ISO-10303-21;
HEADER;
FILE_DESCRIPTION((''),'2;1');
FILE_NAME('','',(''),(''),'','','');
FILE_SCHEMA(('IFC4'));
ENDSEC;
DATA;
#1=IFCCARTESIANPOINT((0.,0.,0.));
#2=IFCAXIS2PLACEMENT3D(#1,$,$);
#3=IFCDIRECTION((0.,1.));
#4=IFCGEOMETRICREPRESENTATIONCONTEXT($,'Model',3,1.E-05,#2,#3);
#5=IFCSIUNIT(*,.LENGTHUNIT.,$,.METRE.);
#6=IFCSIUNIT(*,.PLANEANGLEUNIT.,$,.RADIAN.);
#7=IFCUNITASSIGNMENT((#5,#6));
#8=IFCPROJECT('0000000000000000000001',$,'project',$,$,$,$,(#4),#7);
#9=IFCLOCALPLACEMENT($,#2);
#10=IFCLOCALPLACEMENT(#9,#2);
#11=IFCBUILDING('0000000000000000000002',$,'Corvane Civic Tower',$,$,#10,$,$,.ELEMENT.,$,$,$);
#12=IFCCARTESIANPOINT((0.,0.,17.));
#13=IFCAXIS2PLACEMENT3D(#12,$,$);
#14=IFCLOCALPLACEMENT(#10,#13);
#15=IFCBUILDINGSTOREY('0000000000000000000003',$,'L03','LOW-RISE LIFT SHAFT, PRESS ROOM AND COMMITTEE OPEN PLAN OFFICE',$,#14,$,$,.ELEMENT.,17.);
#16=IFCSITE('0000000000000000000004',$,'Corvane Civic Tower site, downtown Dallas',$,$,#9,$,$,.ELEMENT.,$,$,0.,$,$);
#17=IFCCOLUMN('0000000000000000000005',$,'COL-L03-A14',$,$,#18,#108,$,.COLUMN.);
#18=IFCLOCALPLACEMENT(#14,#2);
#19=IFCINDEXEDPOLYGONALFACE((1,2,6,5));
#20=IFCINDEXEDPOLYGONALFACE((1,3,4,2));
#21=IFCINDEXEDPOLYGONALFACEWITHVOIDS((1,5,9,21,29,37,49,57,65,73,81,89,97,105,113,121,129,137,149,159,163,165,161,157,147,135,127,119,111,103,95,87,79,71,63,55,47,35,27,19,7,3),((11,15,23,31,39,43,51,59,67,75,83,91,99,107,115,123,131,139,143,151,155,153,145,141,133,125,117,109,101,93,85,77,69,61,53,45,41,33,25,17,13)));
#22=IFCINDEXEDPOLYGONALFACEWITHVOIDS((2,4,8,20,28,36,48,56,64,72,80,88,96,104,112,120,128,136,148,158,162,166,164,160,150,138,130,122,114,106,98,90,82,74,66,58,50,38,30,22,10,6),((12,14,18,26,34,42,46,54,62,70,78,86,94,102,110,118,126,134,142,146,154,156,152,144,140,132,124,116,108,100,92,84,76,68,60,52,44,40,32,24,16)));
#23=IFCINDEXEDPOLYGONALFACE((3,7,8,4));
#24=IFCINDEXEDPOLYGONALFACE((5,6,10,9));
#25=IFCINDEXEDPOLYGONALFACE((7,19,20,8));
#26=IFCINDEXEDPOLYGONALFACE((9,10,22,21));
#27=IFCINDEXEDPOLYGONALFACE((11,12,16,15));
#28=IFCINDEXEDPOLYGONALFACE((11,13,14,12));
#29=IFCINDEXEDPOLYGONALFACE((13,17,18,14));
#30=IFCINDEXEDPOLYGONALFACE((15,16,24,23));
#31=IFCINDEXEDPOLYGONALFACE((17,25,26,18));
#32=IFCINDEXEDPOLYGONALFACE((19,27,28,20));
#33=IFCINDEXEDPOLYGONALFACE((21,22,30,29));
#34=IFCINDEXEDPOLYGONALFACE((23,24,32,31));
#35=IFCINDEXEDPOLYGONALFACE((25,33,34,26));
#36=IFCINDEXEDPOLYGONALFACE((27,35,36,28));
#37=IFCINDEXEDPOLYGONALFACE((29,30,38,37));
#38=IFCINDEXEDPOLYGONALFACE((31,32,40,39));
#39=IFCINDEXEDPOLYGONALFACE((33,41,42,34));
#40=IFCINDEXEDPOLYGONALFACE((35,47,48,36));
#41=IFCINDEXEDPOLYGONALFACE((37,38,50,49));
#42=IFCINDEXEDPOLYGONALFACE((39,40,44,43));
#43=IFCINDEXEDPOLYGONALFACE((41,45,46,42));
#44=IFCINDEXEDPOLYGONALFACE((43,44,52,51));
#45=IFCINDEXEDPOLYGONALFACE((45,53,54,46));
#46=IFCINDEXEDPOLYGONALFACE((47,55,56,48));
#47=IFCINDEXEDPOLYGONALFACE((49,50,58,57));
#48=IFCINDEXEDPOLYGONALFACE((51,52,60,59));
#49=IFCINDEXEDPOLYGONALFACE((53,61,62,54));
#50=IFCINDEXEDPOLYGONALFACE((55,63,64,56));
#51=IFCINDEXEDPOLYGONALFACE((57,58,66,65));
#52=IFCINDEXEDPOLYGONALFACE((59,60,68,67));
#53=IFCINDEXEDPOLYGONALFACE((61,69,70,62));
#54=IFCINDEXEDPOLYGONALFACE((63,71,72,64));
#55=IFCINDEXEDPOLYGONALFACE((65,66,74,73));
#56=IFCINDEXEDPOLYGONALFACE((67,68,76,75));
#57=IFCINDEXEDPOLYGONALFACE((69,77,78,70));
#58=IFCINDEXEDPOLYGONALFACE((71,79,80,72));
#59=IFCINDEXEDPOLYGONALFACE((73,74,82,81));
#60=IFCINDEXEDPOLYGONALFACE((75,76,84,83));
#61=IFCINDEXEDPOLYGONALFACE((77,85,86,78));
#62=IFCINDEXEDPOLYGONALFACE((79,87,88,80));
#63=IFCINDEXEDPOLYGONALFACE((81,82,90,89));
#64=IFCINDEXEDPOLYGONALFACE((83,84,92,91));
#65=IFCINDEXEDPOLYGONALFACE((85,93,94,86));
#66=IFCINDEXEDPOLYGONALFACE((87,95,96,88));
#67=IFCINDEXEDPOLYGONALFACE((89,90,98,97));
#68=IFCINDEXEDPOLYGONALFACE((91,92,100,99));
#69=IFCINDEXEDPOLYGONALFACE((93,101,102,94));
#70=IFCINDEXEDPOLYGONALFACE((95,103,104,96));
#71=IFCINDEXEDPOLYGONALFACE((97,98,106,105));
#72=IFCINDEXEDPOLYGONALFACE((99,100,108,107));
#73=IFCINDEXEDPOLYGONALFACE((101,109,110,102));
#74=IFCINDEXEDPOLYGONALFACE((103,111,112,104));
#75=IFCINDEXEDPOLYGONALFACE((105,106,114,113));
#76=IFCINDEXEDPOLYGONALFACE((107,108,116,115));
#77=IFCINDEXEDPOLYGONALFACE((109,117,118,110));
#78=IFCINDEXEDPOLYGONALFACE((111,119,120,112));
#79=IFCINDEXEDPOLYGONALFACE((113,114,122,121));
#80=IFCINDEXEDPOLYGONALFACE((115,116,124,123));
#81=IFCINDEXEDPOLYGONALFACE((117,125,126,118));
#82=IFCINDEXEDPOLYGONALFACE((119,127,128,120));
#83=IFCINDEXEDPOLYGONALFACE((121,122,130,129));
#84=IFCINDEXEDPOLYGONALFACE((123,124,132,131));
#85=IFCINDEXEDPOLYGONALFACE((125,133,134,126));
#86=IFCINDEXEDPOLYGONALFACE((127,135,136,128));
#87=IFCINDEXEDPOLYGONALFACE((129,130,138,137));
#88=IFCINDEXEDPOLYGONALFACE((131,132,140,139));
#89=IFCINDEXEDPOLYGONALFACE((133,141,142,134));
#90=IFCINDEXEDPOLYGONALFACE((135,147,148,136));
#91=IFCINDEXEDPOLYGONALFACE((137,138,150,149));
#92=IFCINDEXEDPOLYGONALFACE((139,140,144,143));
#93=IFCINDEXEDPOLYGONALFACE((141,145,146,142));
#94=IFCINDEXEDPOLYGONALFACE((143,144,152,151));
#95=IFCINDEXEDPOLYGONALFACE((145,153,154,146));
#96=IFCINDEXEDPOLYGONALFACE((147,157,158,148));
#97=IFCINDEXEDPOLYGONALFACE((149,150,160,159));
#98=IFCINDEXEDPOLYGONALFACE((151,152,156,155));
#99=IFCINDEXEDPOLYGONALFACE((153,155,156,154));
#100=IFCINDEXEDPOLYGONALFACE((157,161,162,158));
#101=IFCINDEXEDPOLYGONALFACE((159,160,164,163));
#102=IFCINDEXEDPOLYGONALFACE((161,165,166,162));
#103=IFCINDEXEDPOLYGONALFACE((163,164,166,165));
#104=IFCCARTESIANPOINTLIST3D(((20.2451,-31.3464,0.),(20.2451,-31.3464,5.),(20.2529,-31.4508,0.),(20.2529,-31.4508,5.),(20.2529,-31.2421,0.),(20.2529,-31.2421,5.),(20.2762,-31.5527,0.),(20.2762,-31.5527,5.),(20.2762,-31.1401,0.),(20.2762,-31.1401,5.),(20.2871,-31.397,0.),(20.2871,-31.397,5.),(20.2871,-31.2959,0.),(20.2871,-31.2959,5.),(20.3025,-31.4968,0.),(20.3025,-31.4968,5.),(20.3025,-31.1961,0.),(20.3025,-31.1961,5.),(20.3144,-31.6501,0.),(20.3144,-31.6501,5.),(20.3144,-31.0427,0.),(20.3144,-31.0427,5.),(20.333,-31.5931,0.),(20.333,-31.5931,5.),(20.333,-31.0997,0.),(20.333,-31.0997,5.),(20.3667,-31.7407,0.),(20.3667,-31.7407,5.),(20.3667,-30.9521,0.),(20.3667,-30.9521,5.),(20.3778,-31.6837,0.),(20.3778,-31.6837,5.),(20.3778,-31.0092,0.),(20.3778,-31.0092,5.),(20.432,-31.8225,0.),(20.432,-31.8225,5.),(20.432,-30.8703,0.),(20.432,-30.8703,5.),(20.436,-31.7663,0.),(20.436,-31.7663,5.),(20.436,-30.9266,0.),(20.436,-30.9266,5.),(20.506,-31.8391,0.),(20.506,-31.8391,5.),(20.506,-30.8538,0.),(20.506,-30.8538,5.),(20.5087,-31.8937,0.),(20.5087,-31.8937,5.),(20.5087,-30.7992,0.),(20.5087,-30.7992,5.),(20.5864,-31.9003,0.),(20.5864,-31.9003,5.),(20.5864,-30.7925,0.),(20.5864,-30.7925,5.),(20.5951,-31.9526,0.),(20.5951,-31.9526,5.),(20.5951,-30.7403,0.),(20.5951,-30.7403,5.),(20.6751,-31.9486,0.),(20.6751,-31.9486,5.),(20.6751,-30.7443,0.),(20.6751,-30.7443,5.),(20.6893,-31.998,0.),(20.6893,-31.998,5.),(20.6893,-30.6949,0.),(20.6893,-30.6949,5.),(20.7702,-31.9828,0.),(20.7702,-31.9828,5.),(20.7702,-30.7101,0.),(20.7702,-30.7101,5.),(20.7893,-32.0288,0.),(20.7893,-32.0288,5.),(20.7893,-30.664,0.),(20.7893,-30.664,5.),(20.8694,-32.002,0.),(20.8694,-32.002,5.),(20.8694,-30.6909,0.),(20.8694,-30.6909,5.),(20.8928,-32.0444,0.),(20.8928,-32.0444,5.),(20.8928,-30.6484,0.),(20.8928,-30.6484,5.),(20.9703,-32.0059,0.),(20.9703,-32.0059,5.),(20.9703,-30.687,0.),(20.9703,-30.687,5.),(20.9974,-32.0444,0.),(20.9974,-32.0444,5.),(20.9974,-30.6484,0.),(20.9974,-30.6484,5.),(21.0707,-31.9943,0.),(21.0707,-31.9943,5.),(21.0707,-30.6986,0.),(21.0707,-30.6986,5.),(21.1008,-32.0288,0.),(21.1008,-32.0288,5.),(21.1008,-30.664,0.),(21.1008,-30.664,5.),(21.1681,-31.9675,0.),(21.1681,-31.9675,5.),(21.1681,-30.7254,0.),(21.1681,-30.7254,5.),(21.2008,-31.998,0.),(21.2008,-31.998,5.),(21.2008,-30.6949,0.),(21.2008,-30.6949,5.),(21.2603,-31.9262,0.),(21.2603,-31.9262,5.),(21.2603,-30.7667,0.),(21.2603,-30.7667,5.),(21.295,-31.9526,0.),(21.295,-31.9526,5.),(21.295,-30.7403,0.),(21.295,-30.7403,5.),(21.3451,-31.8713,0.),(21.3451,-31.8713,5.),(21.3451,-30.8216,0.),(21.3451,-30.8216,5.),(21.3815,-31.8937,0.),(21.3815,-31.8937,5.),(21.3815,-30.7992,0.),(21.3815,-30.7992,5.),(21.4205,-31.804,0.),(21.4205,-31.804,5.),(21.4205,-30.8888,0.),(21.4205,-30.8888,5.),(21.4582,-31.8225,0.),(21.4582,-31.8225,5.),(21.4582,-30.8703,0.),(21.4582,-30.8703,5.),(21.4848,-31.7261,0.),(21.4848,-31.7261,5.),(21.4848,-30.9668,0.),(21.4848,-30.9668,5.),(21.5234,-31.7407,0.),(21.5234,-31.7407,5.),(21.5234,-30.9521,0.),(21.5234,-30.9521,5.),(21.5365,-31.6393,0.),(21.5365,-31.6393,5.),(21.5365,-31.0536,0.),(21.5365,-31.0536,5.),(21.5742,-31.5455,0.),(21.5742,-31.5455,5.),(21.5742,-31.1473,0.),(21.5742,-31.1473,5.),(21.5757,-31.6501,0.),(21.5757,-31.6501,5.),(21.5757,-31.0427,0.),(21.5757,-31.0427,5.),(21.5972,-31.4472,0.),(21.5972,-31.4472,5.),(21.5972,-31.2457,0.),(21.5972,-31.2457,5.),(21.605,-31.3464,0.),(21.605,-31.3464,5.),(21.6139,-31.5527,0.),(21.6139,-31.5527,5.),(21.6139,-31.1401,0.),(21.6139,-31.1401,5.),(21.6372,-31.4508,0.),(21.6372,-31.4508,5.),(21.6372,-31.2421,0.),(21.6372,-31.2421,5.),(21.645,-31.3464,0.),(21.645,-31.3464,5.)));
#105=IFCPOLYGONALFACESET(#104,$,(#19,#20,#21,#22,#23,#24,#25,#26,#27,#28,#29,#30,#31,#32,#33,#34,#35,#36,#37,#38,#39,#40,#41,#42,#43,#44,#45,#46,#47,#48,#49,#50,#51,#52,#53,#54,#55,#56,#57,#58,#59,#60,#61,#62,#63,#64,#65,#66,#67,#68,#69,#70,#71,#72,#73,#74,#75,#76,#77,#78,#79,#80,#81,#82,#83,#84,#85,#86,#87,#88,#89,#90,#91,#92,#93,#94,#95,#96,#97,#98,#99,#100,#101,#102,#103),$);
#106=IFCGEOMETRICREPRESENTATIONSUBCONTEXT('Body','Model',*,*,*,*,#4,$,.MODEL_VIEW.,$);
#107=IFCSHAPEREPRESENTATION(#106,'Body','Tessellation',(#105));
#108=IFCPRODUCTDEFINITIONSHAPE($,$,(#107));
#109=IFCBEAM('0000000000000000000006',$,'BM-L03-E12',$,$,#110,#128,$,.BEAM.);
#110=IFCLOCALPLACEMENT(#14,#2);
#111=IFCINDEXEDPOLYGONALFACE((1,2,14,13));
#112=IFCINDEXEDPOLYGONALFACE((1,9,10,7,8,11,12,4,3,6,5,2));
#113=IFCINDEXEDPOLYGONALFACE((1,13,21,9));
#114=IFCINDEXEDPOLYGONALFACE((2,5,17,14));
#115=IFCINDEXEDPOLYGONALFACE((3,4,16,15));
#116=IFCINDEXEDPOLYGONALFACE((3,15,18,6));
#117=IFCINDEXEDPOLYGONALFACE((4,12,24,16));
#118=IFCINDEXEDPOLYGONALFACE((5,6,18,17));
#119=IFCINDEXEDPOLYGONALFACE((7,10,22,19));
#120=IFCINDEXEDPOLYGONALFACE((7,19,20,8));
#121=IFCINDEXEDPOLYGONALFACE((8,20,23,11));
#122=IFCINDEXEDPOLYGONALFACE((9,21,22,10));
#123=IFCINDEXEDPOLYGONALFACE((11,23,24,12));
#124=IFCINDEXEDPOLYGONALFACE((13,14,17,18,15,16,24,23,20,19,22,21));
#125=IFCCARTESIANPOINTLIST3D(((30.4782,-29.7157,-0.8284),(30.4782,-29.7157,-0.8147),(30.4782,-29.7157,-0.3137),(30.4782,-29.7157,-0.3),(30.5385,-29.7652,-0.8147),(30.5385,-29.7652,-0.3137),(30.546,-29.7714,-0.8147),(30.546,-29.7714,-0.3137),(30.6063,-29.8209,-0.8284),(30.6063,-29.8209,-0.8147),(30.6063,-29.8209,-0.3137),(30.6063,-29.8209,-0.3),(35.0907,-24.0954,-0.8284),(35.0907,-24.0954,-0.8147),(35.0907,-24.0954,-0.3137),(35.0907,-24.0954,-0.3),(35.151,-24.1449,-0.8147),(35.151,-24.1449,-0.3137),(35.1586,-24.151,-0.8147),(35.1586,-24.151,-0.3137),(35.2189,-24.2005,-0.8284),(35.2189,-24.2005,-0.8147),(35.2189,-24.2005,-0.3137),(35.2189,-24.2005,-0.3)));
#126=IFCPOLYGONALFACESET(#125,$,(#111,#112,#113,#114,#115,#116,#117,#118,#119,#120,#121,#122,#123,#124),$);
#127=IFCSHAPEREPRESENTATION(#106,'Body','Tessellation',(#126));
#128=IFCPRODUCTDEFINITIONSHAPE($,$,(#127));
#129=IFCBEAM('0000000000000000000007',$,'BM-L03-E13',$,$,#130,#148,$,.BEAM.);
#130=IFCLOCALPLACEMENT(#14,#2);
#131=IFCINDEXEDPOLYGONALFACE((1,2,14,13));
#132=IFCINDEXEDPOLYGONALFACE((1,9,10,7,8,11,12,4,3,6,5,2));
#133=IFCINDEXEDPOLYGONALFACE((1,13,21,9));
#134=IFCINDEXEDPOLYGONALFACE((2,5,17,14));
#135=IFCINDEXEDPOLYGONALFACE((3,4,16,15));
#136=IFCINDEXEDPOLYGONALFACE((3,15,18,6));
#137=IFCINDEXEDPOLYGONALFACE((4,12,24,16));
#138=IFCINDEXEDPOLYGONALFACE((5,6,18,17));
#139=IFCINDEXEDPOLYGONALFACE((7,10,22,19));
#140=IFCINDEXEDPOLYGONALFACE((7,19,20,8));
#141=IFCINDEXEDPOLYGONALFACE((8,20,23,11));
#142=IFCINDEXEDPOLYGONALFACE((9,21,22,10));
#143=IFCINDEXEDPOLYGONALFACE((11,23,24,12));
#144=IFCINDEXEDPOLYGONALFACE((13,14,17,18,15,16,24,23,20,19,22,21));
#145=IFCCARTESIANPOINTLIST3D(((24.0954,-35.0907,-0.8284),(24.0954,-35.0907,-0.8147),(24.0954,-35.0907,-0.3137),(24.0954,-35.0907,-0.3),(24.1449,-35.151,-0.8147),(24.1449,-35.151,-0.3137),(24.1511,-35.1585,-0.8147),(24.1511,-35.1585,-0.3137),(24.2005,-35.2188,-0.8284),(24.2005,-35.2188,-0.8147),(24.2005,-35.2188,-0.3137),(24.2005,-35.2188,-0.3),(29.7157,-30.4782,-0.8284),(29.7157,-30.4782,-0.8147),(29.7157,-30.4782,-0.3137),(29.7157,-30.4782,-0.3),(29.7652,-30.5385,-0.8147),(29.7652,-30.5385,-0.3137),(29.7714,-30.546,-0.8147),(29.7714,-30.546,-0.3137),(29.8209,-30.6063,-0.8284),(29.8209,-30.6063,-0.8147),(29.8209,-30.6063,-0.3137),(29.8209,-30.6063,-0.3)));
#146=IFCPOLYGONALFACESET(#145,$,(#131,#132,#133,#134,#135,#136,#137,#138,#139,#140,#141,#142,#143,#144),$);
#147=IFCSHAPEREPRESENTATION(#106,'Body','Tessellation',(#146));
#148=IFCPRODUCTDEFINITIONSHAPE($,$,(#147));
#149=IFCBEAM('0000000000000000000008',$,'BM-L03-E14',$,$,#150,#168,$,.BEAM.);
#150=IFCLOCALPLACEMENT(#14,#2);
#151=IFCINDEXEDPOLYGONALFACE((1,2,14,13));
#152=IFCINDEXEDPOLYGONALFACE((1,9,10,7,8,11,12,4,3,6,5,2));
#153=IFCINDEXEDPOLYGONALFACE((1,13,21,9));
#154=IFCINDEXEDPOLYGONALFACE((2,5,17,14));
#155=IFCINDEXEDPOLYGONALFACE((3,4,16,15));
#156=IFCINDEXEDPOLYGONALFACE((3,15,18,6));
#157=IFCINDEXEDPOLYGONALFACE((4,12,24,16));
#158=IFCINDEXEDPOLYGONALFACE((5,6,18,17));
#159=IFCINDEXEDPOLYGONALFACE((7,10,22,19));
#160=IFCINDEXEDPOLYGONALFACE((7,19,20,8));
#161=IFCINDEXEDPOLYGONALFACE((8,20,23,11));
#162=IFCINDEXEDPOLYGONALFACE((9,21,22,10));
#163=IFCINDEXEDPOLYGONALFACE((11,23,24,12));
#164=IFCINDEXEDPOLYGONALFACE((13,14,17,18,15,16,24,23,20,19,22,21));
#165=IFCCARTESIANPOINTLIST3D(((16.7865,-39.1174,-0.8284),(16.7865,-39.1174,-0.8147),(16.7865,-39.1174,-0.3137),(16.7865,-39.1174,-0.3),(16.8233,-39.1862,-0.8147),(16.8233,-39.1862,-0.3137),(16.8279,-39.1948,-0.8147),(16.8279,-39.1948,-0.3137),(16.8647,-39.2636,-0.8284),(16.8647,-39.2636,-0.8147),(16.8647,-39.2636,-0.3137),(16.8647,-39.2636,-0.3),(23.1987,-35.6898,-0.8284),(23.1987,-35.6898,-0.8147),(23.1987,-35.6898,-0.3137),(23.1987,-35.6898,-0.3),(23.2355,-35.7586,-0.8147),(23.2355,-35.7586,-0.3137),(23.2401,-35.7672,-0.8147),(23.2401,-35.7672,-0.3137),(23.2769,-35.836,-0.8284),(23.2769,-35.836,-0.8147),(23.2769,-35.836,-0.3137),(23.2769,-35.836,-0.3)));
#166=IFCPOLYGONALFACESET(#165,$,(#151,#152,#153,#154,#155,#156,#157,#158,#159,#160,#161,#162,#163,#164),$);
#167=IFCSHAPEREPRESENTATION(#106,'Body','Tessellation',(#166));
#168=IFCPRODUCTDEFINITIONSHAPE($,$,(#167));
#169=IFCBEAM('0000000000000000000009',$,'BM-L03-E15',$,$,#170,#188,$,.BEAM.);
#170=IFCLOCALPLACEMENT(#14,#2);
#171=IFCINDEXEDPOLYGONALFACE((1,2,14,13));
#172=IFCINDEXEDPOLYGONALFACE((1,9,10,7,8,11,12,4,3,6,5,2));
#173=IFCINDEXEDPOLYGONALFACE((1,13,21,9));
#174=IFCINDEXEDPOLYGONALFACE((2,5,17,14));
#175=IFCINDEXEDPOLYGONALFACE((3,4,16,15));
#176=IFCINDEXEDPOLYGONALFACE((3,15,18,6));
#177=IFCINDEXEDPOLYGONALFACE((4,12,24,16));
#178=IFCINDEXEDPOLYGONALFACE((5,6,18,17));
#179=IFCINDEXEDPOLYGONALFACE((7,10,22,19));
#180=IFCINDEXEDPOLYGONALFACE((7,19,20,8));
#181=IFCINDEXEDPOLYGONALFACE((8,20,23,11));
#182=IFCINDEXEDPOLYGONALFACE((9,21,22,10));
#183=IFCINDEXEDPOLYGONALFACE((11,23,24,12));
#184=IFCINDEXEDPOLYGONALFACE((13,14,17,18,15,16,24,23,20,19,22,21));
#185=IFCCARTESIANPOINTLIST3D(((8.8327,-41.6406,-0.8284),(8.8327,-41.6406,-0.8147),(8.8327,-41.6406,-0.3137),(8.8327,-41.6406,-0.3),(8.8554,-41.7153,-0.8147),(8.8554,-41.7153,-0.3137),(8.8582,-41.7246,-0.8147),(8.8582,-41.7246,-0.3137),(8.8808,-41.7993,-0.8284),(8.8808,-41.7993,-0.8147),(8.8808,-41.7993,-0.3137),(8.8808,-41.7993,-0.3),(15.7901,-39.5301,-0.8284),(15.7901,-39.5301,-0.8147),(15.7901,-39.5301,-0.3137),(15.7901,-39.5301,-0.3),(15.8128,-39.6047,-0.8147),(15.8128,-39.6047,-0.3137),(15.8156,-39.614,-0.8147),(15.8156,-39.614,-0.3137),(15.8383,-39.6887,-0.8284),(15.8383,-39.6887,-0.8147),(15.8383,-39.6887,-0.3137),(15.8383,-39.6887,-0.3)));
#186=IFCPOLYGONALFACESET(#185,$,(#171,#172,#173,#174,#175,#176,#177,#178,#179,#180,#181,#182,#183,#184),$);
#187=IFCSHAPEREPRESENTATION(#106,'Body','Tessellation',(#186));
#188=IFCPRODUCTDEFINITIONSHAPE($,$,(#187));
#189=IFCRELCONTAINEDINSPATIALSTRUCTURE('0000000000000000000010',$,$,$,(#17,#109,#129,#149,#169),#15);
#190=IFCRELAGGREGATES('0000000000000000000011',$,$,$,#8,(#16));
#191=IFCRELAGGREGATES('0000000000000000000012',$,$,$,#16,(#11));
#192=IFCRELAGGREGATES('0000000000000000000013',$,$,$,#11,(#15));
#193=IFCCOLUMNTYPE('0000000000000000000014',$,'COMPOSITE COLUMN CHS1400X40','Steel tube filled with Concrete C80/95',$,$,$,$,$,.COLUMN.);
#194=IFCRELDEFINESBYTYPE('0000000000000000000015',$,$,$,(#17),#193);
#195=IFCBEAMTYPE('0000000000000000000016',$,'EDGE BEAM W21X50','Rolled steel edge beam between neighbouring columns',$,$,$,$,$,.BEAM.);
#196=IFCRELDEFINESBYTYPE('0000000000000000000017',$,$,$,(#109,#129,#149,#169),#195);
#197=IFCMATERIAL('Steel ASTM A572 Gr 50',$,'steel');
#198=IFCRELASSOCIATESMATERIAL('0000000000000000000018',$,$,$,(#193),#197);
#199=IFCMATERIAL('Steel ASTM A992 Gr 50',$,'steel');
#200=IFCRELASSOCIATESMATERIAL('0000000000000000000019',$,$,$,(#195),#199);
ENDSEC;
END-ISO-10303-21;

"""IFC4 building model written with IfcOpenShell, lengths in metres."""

from ifc_helpers import new_model, si_unit, direction, frame, origin, origin_2d, place, context, subcontext, project, spatial, hollow_circle, i_section, extrude, material, material_profile, profile_set, type_object, element, save


model = new_model("IFC4")

# Units and contexts
model_context = context("Model", 3, precision=1e-05, world=origin(), true_north=direction((0.0, 1.0)))
body_context = subcontext(model_context, "Body", "Model", "MODEL_VIEW")
ifc_project = project(units=[si_unit("LENGTHUNIT", "METRE"), si_unit("PLANEANGLEUNIT", "RADIAN")], contexts=[model_context])

# Site, building, storey
site_placement = place(None, origin())
site = spatial("IfcSite", under=ifc_project, at=site_placement, Name="Corvane Civic Tower site, downtown Dallas", CompositionType="ELEMENT", RefElevation=0.0)
building_placement = place(site_placement, origin())
building = spatial("IfcBuilding", under=site, at=building_placement, Name="Corvane Civic Tower", CompositionType="ELEMENT")
storey_placement = place(building_placement, frame((0.0, 0.0, 17.0)))
storey = spatial("IfcBuildingStorey", under=building, at=storey_placement, Name="L03", Description="LOW-RISE LIFT SHAFT, PRESS ROOM AND COMMITTEE OPEN PLAN OFFICE", CompositionType="ELEMENT", Elevation=17.0)

# Column
ifc_material_1 = material(Name="Steel ASTM A572 Gr 50", Category="steel")
ifc_material_profile_1 = material_profile(ifc_material_1, hollow_circle(Radius=0.7, WallThickness=0.04, at=origin_2d()), Name="CHS1400X40")
ifc_profile_set_1 = profile_set([ifc_material_profile_1], Name="Steel ASTM A572 Gr 50")
column_type_1 = type_object("IfcColumnType", Name="COMPOSITE COLUMN CHS1400X40", Description="Steel tube filled with Concrete C80/95", PredefinedType="COLUMN", material=ifc_profile_set_1)
for number, where, z_axis, x_axis, name in (
    (1, (20.9451, -31.3464, 0.0), (0.0, 0.0, 1.0), (1.0, 0.0, 0.0), "COL-L03-A14"),
):
    element("IfcColumn", number, at=place(storey_placement, frame(where, z_axis=z_axis, x_axis=x_axis)), inside=storey, type_object=column_type_1, Name=name, PredefinedType="COLUMN", context=body_context, shape_type="SweptSolid", body=[
        extrude(hollow_circle(Radius=0.7, WallThickness=0.04, at=origin_2d()), origin(), (0.0, 0.0, 1.0), 5.0),
    ])

# Beams
ifc_material_2 = material(Name="Steel ASTM A992 Gr 50", Category="steel")
ifc_material_profile_2 = material_profile(ifc_material_2, i_section(OverallWidth=0.1658, OverallDepth=0.5283, WebThickness=0.0098, FlangeThickness=0.0137, at=origin_2d()), Name="W21X50")
ifc_profile_set_2 = profile_set([ifc_material_profile_2], Name="Steel ASTM A992 Gr 50")
beam_type_1 = type_object("IfcBeamType", Name="EDGE BEAM W21X50", Description="Rolled steel edge beam between neighbouring columns", PredefinedType="BEAM", material=ifc_profile_set_2)
for number, where, z_axis, x_axis, name in (
    (2, (35.1548, -24.1479, -0.5642), (-0.634396, -0.773008, 0.0), (0.773008, -0.634396, 0.0), "BM-L03-E12"),
    (3, (29.7683, -30.5422, -0.5642), (-0.773008, -0.634396, 0.0), (0.634396, -0.773008, 0.0), "BM-L03-E13"),
    (4, (23.2378, -35.7629, -0.5642), (-0.881913, -0.471412, 0.0), (0.471412, -0.881913, 0.0), "BM-L03-E14"),
):
    element("IfcBeam", number, at=place(storey_placement, frame(where, z_axis=z_axis, x_axis=x_axis)), inside=storey, type_object=beam_type_1, Name=name, PredefinedType="BEAM", context=body_context, shape_type="SweptSolid", body=[
        extrude(i_section(OverallWidth=0.1658, OverallDepth=0.5283, WebThickness=0.0098, FlangeThickness=0.0137, at=origin_2d()), origin(), (0.0, 0.0, 1.0), 7.2708),
    ])
beam_placement = place(storey_placement, frame((15.8142, -39.6094, -0.5642), z_axis=(-0.956938, -0.290292, 0.0), x_axis=(0.290292, -0.956938, 0.0)))
element("IfcBeam", 5, at=beam_placement, inside=storey, type_object=beam_type_1, Name="BM-L03-E15", PredefinedType="BEAM", context=body_context, shape_type="SweptSolid", body=[
    extrude(i_section(OverallWidth=0.1658, OverallDepth=0.5283, WebThickness=0.0098, FlangeThickness=0.0137, at=origin_2d()), origin(), (0.0, 0.0, 1.0), 7.2705),
])

save(model, "model.ifc")
